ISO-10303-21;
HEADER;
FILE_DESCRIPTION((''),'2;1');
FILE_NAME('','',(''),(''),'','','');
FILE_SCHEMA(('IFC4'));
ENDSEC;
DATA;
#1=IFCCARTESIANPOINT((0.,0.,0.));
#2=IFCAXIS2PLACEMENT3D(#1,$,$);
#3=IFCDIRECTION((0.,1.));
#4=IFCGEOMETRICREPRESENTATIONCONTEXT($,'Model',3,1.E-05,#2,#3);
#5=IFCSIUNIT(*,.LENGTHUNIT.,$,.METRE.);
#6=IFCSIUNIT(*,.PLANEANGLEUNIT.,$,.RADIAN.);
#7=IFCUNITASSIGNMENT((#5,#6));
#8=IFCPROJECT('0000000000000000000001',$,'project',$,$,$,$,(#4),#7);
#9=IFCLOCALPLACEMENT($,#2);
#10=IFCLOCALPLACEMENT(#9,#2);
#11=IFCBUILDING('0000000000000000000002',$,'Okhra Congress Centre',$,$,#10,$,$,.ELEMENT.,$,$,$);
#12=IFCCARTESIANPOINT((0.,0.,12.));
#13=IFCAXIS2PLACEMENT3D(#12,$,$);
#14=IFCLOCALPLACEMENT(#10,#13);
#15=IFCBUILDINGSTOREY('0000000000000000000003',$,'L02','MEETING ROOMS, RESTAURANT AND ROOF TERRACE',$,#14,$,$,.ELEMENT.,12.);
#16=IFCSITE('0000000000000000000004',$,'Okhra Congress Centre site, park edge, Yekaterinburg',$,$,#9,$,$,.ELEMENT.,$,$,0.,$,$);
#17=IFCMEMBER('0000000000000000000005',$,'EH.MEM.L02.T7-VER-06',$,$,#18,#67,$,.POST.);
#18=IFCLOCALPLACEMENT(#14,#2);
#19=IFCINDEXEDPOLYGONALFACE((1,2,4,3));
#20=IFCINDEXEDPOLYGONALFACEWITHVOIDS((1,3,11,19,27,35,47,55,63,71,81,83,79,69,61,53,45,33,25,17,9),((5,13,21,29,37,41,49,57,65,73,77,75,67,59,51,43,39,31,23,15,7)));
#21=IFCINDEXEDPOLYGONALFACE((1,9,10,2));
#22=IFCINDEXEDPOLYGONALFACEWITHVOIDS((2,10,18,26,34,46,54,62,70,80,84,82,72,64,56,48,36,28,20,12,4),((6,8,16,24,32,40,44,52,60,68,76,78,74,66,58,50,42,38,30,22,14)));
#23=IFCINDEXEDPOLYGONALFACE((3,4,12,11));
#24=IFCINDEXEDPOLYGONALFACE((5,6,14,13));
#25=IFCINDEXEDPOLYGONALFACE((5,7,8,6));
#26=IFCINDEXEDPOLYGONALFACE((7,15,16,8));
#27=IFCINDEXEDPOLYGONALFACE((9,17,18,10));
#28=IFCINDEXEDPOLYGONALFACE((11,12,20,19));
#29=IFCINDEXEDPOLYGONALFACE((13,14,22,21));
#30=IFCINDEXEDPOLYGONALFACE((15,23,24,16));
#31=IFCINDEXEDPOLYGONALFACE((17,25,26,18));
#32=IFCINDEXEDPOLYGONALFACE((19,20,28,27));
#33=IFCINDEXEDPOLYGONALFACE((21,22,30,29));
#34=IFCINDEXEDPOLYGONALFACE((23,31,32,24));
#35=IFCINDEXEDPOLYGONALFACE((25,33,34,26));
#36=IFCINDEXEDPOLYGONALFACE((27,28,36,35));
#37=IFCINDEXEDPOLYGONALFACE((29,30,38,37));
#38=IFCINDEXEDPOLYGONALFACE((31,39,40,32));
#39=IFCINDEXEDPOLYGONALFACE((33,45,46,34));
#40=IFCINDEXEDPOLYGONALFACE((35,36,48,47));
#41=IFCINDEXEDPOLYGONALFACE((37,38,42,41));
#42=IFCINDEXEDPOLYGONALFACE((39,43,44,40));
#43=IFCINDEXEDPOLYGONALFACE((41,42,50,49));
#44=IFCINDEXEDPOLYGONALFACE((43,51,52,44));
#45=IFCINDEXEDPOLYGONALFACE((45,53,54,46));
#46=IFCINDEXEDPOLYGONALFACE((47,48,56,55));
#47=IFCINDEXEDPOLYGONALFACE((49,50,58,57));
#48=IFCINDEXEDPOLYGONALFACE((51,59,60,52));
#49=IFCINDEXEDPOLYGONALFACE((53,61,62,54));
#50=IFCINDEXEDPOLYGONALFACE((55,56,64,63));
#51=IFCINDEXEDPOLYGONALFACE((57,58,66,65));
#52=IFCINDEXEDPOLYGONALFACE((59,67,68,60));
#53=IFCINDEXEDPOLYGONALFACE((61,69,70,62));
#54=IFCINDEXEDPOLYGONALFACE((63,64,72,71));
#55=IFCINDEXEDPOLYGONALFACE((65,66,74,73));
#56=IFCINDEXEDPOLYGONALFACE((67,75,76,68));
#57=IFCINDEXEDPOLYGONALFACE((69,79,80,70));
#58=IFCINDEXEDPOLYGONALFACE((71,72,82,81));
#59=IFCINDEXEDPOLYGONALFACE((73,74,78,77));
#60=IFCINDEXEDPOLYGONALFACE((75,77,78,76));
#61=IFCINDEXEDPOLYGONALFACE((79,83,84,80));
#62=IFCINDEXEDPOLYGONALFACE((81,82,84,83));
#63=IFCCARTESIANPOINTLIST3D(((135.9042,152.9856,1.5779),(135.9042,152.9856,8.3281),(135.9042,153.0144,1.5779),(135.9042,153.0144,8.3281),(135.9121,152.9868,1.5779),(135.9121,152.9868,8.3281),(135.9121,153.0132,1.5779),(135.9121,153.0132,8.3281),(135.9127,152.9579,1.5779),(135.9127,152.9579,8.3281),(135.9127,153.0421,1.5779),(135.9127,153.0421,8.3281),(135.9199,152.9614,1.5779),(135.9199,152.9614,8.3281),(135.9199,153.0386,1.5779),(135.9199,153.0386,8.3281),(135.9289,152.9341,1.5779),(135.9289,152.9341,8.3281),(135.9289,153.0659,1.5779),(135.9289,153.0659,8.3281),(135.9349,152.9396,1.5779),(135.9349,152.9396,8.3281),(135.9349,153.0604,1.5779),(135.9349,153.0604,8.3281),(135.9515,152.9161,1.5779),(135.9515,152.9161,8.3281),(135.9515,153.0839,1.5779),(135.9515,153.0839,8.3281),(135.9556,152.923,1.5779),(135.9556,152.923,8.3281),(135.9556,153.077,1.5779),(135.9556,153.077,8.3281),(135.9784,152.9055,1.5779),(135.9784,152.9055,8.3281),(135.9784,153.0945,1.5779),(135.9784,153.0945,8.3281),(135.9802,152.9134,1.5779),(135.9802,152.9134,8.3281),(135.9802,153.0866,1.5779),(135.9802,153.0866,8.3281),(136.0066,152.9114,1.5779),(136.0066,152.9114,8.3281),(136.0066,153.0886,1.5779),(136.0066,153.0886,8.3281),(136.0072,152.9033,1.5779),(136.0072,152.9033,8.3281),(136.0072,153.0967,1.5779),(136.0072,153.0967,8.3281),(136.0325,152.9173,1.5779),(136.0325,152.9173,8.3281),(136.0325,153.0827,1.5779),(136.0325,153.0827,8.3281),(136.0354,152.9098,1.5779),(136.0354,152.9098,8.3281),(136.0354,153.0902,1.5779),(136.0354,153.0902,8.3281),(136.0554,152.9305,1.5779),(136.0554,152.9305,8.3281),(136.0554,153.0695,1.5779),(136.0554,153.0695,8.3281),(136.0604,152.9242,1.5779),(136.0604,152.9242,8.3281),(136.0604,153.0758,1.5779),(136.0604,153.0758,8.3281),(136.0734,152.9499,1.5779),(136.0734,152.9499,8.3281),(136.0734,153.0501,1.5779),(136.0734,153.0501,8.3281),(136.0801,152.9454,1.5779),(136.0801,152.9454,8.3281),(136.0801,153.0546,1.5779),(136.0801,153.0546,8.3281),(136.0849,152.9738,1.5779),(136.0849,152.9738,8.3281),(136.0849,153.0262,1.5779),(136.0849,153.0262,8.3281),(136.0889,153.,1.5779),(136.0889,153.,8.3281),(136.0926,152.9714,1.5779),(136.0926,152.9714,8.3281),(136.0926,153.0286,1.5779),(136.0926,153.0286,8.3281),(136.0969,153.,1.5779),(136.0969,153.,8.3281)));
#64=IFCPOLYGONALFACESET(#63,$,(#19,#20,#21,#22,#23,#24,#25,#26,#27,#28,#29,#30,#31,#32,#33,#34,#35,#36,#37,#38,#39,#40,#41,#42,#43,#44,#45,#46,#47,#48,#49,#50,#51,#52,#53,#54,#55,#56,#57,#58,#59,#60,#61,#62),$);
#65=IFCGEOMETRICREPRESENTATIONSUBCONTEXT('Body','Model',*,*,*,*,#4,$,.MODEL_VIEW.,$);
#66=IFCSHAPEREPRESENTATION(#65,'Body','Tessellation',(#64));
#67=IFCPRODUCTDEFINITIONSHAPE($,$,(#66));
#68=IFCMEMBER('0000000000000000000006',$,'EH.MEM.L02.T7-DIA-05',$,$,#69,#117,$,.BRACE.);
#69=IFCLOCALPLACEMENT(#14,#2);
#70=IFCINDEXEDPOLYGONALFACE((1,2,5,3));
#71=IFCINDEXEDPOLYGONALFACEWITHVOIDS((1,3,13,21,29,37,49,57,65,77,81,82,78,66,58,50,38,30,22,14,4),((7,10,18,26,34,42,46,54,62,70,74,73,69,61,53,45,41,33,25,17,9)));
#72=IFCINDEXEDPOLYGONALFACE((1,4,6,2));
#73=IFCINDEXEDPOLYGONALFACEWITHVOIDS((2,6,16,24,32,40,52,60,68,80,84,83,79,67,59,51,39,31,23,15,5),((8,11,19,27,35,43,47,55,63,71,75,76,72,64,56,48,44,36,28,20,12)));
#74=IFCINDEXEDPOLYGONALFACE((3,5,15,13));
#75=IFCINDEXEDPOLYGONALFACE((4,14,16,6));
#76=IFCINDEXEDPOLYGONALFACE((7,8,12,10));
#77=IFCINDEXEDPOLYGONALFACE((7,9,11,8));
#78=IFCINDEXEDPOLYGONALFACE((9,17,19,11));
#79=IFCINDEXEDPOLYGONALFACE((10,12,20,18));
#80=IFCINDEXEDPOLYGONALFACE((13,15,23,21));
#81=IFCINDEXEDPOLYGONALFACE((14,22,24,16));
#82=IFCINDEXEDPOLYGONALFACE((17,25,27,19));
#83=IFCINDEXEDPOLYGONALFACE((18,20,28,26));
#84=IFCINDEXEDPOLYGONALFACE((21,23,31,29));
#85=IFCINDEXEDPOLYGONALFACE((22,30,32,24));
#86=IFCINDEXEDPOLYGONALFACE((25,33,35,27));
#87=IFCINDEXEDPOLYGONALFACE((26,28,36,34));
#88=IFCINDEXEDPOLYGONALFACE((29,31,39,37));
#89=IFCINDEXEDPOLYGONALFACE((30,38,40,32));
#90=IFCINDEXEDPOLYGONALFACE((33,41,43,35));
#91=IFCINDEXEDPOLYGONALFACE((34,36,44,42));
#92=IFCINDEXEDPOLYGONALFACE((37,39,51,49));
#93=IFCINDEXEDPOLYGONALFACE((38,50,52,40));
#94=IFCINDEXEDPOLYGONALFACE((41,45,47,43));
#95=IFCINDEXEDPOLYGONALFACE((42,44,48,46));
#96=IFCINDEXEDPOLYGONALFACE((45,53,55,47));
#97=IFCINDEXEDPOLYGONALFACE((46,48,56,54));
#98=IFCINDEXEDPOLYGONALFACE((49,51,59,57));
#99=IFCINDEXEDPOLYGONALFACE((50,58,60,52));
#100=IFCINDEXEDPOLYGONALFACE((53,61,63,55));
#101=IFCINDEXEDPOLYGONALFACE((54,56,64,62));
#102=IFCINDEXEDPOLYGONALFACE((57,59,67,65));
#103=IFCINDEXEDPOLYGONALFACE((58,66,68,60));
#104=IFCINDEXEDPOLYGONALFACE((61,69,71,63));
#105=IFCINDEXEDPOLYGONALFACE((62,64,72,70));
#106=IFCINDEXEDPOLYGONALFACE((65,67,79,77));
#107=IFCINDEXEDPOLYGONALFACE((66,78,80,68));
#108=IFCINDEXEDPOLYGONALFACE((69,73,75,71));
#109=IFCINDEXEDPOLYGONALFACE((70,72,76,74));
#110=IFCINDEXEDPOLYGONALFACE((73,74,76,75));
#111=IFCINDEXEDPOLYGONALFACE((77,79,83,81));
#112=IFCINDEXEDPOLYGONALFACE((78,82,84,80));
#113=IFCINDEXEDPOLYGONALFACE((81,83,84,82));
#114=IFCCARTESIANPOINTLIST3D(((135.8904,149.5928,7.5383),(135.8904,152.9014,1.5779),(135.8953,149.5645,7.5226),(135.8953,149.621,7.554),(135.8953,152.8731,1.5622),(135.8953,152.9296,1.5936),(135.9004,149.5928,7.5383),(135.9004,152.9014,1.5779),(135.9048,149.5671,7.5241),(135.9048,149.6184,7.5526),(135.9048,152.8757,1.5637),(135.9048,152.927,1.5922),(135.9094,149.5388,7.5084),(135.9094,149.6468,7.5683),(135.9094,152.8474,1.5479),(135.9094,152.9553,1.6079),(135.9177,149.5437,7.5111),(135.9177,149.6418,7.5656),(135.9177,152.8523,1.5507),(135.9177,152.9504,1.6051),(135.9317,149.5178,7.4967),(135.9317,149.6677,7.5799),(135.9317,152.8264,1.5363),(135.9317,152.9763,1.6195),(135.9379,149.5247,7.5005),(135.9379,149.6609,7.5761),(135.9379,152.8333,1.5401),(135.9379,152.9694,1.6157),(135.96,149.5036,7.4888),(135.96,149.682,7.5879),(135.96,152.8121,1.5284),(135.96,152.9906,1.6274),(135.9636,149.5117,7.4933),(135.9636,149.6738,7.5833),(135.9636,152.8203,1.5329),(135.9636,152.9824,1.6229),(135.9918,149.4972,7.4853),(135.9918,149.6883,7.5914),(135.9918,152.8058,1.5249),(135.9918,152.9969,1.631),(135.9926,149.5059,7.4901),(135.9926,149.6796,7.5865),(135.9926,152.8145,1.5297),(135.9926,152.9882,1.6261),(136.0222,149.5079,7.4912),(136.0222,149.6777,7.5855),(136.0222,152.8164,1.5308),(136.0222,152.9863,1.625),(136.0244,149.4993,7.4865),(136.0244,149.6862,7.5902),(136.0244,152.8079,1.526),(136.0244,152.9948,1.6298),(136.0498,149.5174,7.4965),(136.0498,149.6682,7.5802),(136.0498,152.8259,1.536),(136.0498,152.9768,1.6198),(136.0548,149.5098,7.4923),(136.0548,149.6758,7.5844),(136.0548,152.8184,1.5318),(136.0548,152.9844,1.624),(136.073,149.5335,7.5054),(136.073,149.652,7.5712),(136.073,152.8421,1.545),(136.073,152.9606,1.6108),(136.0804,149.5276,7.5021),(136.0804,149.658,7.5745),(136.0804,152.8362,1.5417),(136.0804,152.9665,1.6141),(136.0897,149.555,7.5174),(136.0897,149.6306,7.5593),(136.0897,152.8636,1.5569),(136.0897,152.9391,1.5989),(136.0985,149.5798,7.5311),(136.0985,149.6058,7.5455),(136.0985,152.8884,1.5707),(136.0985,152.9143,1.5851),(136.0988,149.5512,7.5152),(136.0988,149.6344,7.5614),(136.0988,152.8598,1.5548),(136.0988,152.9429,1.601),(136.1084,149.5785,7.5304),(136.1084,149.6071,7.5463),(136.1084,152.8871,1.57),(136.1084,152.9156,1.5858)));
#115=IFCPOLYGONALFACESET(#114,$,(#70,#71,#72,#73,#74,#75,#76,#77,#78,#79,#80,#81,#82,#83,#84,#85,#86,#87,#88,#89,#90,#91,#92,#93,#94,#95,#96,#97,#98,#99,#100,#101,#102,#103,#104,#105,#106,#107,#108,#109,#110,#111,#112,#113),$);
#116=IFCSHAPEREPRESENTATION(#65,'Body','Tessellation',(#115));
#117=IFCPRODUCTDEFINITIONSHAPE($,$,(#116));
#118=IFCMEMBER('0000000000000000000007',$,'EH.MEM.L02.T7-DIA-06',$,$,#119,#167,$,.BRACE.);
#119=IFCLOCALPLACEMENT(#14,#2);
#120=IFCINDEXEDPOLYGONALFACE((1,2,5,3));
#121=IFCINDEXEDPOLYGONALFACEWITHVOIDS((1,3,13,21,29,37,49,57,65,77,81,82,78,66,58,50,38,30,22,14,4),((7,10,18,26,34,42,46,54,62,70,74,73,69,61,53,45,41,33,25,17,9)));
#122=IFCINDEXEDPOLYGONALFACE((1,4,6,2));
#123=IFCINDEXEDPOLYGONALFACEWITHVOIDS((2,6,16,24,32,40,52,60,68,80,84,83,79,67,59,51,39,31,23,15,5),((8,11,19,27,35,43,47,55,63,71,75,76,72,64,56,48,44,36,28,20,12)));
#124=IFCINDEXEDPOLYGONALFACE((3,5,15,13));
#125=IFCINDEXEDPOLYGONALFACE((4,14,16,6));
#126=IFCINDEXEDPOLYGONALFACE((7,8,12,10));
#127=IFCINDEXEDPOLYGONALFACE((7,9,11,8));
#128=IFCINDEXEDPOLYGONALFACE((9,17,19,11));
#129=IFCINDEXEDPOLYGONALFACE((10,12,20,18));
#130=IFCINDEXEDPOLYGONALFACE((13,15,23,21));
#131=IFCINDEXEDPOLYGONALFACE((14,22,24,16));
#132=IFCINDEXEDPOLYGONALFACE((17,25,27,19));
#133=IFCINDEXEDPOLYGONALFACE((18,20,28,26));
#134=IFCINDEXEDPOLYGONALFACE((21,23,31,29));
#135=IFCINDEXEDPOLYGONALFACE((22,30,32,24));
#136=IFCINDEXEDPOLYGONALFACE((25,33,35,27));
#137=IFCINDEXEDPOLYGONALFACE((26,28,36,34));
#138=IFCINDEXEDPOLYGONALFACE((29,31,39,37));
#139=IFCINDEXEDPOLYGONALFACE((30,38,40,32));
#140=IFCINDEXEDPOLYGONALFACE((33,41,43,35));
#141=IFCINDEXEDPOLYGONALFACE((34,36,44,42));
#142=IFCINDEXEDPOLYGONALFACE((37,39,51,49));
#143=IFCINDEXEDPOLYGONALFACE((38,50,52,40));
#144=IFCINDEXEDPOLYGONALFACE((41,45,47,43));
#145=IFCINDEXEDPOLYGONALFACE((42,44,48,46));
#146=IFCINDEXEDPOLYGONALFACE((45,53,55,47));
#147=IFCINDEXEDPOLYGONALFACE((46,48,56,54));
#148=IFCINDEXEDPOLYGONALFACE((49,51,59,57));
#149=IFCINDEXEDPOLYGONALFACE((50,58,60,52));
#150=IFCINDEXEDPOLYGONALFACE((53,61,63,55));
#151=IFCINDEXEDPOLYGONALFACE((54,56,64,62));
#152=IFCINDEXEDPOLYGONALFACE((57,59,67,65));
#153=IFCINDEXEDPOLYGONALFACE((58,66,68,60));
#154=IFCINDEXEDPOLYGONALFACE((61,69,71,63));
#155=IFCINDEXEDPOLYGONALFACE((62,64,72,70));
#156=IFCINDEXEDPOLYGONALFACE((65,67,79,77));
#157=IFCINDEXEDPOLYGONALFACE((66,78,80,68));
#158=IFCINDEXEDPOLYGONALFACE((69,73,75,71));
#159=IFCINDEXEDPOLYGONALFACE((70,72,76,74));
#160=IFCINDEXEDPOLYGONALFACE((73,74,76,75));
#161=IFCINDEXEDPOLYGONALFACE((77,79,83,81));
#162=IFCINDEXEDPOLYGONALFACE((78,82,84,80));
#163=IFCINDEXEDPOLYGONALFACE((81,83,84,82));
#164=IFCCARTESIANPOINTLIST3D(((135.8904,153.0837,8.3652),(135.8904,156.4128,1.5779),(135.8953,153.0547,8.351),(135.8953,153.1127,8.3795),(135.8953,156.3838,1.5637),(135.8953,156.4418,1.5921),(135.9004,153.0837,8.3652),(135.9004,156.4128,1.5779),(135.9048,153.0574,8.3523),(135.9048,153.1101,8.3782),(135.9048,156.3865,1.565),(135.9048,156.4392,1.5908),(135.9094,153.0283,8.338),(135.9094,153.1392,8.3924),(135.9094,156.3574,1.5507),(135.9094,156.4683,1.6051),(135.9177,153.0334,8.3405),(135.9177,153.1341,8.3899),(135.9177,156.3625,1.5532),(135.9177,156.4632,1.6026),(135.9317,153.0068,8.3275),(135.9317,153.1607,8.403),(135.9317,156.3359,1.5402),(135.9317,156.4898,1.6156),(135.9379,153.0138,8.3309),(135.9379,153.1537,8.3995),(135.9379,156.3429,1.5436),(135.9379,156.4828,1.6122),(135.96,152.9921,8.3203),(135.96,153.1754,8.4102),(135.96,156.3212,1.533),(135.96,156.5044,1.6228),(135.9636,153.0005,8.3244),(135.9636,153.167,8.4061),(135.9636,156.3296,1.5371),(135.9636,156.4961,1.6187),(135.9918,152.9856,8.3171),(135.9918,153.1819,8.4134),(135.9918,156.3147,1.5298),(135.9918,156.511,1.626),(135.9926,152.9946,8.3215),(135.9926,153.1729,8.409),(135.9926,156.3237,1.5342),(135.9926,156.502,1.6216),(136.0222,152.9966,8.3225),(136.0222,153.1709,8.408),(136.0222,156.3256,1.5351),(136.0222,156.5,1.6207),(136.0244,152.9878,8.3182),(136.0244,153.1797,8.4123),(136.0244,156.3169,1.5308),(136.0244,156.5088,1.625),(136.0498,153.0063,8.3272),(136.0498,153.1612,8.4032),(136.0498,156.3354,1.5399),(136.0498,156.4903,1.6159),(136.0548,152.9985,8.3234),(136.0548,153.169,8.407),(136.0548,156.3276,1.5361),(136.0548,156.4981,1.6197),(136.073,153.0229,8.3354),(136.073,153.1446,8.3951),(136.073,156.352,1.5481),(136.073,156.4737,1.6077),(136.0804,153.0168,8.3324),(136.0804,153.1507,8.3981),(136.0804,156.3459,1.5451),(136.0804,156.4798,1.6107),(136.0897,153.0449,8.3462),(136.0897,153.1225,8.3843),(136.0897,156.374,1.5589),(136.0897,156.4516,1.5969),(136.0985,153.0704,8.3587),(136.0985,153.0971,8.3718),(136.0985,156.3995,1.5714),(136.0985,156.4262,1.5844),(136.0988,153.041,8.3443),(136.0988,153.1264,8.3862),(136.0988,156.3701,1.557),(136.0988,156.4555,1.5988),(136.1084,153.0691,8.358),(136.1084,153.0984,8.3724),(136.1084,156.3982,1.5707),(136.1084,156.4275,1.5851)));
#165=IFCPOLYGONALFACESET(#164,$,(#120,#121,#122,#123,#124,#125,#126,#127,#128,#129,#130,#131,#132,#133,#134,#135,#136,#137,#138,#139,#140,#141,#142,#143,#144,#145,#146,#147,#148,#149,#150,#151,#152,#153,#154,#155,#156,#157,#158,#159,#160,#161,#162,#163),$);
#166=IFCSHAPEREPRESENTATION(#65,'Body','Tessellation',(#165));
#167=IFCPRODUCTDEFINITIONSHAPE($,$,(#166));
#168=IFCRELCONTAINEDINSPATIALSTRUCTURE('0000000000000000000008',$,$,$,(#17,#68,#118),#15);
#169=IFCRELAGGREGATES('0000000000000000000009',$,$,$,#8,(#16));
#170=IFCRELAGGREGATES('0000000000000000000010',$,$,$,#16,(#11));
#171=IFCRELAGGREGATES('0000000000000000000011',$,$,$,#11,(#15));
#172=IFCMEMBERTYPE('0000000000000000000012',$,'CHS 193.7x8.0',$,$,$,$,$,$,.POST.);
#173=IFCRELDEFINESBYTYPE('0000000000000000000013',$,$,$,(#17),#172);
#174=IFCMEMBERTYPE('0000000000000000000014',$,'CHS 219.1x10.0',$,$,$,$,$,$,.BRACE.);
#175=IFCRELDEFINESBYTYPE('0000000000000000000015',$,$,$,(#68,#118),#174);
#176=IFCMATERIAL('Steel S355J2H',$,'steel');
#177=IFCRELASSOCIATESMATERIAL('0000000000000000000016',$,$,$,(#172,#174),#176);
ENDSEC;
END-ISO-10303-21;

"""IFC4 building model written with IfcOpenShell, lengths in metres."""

from ifc_helpers import new_model, si_unit, direction, frame, origin, origin_2d, place, context, subcontext, project, spatial, hollow_circle, extrude, material, material_profile, profile_set, type_object, element, save


model = new_model("IFC4")

# Units and contexts
model_context = context("Model", 3, precision=1e-05, world=origin(), true_north=direction((0.0, 1.0)))
body_context = subcontext(model_context, "Body", "Model", "MODEL_VIEW")
ifc_project = project(units=[si_unit("LENGTHUNIT", "METRE"), si_unit("PLANEANGLEUNIT", "RADIAN")], contexts=[model_context])

# Site, building, storey
site_placement = place(None, origin())
site = spatial("IfcSite", under=ifc_project, at=site_placement, Name="Okhra Congress Centre site, park edge, Yekaterinburg", CompositionType="ELEMENT", RefElevation=0.0)
building_placement = place(site_placement, origin())
building = spatial("IfcBuilding", under=site, at=building_placement, Name="Okhra Congress Centre", CompositionType="ELEMENT")
storey_placement = place(building_placement, frame((0.0, 0.0, 12.0)))
storey = spatial("IfcBuildingStorey", under=building, at=storey_placement, Name="L02", Description="MEETING ROOMS, RESTAURANT AND ROOF TERRACE", CompositionType="ELEMENT", Elevation=12.0)

# Members
ifc_material_1 = material(Name="Steel S355J2H", Category="steel")
ifc_material_profile_1 = material_profile(ifc_material_1, hollow_circle(Radius=0.0969, WallThickness=0.0081, at=origin_2d()), Name="CHS 193.7x8.0")
ifc_profile_set_1 = profile_set([ifc_material_profile_1], Name="Steel S355J2H")
member_type_1 = type_object("IfcMemberType", Name="CHS 193.7x8.0", PredefinedType="POST", material=ifc_profile_set_1)
member_1_placement = place(storey_placement, frame((136.0, 153.0, 1.5779), z_axis=(0.0, 0.0, 1.0), x_axis=(1.0, 0.0, 0.0)))
element("IfcMember", 1, at=member_1_placement, inside=storey, type_object=member_type_1, Name="EH.MEM.L02.T7-VER-06", PredefinedType="POST", context=body_context, shape_type="SweptSolid", body=[
    extrude(hollow_circle(Radius=0.0969, WallThickness=0.0081, at=origin_2d()), origin(), (0.0, 0.0, 1.0), 6.7502),
])
ifc_material_profile_2 = material_profile(ifc_material_1, hollow_circle(Radius=0.1096, WallThickness=0.01, at=origin_2d()), Name="CHS 219.1x10.0")
ifc_profile_set_2 = profile_set([ifc_material_profile_2], Name="Steel S355J2H")
member_type_2 = type_object("IfcMemberType", Name="CHS 219.1x10.0", PredefinedType="BRACE", material=ifc_profile_set_2)
member_2_placement = place(storey_placement, frame((136.0, 149.5928, 7.5383), z_axis=(0.0, 0.485333, -0.87433), x_axis=(-1.0, 0.0, 0.0)))
element("IfcMember", 2, at=member_2_placement, inside=storey, type_object=member_type_2, Name="EH.MEM.L02.T7-DIA-05", PredefinedType="BRACE", context=body_context, shape_type="SweptSolid", body=[
    extrude(hollow_circle(Radius=0.1096, WallThickness=0.01, at=origin_2d()), origin(), (0.0, 0.0, 1.0), 6.8171),
])
member_3_placement = place(storey_placement, frame((136.0, 153.0837, 8.3652), z_axis=(0.0, 0.440367, -0.897818), x_axis=(-1.0, 0.0, 0.0)))
element("IfcMember", 3, at=member_3_placement, inside=storey, type_object=member_type_2, Name="EH.MEM.L02.T7-DIA-06", PredefinedType="BRACE", context=body_context, shape_type="SweptSolid", body=[
    extrude(hollow_circle(Radius=0.1096, WallThickness=0.01, at=origin_2d()), origin(), (0.0, 0.0, 1.0), 7.5598),
])

save(model, "model.ifc")
